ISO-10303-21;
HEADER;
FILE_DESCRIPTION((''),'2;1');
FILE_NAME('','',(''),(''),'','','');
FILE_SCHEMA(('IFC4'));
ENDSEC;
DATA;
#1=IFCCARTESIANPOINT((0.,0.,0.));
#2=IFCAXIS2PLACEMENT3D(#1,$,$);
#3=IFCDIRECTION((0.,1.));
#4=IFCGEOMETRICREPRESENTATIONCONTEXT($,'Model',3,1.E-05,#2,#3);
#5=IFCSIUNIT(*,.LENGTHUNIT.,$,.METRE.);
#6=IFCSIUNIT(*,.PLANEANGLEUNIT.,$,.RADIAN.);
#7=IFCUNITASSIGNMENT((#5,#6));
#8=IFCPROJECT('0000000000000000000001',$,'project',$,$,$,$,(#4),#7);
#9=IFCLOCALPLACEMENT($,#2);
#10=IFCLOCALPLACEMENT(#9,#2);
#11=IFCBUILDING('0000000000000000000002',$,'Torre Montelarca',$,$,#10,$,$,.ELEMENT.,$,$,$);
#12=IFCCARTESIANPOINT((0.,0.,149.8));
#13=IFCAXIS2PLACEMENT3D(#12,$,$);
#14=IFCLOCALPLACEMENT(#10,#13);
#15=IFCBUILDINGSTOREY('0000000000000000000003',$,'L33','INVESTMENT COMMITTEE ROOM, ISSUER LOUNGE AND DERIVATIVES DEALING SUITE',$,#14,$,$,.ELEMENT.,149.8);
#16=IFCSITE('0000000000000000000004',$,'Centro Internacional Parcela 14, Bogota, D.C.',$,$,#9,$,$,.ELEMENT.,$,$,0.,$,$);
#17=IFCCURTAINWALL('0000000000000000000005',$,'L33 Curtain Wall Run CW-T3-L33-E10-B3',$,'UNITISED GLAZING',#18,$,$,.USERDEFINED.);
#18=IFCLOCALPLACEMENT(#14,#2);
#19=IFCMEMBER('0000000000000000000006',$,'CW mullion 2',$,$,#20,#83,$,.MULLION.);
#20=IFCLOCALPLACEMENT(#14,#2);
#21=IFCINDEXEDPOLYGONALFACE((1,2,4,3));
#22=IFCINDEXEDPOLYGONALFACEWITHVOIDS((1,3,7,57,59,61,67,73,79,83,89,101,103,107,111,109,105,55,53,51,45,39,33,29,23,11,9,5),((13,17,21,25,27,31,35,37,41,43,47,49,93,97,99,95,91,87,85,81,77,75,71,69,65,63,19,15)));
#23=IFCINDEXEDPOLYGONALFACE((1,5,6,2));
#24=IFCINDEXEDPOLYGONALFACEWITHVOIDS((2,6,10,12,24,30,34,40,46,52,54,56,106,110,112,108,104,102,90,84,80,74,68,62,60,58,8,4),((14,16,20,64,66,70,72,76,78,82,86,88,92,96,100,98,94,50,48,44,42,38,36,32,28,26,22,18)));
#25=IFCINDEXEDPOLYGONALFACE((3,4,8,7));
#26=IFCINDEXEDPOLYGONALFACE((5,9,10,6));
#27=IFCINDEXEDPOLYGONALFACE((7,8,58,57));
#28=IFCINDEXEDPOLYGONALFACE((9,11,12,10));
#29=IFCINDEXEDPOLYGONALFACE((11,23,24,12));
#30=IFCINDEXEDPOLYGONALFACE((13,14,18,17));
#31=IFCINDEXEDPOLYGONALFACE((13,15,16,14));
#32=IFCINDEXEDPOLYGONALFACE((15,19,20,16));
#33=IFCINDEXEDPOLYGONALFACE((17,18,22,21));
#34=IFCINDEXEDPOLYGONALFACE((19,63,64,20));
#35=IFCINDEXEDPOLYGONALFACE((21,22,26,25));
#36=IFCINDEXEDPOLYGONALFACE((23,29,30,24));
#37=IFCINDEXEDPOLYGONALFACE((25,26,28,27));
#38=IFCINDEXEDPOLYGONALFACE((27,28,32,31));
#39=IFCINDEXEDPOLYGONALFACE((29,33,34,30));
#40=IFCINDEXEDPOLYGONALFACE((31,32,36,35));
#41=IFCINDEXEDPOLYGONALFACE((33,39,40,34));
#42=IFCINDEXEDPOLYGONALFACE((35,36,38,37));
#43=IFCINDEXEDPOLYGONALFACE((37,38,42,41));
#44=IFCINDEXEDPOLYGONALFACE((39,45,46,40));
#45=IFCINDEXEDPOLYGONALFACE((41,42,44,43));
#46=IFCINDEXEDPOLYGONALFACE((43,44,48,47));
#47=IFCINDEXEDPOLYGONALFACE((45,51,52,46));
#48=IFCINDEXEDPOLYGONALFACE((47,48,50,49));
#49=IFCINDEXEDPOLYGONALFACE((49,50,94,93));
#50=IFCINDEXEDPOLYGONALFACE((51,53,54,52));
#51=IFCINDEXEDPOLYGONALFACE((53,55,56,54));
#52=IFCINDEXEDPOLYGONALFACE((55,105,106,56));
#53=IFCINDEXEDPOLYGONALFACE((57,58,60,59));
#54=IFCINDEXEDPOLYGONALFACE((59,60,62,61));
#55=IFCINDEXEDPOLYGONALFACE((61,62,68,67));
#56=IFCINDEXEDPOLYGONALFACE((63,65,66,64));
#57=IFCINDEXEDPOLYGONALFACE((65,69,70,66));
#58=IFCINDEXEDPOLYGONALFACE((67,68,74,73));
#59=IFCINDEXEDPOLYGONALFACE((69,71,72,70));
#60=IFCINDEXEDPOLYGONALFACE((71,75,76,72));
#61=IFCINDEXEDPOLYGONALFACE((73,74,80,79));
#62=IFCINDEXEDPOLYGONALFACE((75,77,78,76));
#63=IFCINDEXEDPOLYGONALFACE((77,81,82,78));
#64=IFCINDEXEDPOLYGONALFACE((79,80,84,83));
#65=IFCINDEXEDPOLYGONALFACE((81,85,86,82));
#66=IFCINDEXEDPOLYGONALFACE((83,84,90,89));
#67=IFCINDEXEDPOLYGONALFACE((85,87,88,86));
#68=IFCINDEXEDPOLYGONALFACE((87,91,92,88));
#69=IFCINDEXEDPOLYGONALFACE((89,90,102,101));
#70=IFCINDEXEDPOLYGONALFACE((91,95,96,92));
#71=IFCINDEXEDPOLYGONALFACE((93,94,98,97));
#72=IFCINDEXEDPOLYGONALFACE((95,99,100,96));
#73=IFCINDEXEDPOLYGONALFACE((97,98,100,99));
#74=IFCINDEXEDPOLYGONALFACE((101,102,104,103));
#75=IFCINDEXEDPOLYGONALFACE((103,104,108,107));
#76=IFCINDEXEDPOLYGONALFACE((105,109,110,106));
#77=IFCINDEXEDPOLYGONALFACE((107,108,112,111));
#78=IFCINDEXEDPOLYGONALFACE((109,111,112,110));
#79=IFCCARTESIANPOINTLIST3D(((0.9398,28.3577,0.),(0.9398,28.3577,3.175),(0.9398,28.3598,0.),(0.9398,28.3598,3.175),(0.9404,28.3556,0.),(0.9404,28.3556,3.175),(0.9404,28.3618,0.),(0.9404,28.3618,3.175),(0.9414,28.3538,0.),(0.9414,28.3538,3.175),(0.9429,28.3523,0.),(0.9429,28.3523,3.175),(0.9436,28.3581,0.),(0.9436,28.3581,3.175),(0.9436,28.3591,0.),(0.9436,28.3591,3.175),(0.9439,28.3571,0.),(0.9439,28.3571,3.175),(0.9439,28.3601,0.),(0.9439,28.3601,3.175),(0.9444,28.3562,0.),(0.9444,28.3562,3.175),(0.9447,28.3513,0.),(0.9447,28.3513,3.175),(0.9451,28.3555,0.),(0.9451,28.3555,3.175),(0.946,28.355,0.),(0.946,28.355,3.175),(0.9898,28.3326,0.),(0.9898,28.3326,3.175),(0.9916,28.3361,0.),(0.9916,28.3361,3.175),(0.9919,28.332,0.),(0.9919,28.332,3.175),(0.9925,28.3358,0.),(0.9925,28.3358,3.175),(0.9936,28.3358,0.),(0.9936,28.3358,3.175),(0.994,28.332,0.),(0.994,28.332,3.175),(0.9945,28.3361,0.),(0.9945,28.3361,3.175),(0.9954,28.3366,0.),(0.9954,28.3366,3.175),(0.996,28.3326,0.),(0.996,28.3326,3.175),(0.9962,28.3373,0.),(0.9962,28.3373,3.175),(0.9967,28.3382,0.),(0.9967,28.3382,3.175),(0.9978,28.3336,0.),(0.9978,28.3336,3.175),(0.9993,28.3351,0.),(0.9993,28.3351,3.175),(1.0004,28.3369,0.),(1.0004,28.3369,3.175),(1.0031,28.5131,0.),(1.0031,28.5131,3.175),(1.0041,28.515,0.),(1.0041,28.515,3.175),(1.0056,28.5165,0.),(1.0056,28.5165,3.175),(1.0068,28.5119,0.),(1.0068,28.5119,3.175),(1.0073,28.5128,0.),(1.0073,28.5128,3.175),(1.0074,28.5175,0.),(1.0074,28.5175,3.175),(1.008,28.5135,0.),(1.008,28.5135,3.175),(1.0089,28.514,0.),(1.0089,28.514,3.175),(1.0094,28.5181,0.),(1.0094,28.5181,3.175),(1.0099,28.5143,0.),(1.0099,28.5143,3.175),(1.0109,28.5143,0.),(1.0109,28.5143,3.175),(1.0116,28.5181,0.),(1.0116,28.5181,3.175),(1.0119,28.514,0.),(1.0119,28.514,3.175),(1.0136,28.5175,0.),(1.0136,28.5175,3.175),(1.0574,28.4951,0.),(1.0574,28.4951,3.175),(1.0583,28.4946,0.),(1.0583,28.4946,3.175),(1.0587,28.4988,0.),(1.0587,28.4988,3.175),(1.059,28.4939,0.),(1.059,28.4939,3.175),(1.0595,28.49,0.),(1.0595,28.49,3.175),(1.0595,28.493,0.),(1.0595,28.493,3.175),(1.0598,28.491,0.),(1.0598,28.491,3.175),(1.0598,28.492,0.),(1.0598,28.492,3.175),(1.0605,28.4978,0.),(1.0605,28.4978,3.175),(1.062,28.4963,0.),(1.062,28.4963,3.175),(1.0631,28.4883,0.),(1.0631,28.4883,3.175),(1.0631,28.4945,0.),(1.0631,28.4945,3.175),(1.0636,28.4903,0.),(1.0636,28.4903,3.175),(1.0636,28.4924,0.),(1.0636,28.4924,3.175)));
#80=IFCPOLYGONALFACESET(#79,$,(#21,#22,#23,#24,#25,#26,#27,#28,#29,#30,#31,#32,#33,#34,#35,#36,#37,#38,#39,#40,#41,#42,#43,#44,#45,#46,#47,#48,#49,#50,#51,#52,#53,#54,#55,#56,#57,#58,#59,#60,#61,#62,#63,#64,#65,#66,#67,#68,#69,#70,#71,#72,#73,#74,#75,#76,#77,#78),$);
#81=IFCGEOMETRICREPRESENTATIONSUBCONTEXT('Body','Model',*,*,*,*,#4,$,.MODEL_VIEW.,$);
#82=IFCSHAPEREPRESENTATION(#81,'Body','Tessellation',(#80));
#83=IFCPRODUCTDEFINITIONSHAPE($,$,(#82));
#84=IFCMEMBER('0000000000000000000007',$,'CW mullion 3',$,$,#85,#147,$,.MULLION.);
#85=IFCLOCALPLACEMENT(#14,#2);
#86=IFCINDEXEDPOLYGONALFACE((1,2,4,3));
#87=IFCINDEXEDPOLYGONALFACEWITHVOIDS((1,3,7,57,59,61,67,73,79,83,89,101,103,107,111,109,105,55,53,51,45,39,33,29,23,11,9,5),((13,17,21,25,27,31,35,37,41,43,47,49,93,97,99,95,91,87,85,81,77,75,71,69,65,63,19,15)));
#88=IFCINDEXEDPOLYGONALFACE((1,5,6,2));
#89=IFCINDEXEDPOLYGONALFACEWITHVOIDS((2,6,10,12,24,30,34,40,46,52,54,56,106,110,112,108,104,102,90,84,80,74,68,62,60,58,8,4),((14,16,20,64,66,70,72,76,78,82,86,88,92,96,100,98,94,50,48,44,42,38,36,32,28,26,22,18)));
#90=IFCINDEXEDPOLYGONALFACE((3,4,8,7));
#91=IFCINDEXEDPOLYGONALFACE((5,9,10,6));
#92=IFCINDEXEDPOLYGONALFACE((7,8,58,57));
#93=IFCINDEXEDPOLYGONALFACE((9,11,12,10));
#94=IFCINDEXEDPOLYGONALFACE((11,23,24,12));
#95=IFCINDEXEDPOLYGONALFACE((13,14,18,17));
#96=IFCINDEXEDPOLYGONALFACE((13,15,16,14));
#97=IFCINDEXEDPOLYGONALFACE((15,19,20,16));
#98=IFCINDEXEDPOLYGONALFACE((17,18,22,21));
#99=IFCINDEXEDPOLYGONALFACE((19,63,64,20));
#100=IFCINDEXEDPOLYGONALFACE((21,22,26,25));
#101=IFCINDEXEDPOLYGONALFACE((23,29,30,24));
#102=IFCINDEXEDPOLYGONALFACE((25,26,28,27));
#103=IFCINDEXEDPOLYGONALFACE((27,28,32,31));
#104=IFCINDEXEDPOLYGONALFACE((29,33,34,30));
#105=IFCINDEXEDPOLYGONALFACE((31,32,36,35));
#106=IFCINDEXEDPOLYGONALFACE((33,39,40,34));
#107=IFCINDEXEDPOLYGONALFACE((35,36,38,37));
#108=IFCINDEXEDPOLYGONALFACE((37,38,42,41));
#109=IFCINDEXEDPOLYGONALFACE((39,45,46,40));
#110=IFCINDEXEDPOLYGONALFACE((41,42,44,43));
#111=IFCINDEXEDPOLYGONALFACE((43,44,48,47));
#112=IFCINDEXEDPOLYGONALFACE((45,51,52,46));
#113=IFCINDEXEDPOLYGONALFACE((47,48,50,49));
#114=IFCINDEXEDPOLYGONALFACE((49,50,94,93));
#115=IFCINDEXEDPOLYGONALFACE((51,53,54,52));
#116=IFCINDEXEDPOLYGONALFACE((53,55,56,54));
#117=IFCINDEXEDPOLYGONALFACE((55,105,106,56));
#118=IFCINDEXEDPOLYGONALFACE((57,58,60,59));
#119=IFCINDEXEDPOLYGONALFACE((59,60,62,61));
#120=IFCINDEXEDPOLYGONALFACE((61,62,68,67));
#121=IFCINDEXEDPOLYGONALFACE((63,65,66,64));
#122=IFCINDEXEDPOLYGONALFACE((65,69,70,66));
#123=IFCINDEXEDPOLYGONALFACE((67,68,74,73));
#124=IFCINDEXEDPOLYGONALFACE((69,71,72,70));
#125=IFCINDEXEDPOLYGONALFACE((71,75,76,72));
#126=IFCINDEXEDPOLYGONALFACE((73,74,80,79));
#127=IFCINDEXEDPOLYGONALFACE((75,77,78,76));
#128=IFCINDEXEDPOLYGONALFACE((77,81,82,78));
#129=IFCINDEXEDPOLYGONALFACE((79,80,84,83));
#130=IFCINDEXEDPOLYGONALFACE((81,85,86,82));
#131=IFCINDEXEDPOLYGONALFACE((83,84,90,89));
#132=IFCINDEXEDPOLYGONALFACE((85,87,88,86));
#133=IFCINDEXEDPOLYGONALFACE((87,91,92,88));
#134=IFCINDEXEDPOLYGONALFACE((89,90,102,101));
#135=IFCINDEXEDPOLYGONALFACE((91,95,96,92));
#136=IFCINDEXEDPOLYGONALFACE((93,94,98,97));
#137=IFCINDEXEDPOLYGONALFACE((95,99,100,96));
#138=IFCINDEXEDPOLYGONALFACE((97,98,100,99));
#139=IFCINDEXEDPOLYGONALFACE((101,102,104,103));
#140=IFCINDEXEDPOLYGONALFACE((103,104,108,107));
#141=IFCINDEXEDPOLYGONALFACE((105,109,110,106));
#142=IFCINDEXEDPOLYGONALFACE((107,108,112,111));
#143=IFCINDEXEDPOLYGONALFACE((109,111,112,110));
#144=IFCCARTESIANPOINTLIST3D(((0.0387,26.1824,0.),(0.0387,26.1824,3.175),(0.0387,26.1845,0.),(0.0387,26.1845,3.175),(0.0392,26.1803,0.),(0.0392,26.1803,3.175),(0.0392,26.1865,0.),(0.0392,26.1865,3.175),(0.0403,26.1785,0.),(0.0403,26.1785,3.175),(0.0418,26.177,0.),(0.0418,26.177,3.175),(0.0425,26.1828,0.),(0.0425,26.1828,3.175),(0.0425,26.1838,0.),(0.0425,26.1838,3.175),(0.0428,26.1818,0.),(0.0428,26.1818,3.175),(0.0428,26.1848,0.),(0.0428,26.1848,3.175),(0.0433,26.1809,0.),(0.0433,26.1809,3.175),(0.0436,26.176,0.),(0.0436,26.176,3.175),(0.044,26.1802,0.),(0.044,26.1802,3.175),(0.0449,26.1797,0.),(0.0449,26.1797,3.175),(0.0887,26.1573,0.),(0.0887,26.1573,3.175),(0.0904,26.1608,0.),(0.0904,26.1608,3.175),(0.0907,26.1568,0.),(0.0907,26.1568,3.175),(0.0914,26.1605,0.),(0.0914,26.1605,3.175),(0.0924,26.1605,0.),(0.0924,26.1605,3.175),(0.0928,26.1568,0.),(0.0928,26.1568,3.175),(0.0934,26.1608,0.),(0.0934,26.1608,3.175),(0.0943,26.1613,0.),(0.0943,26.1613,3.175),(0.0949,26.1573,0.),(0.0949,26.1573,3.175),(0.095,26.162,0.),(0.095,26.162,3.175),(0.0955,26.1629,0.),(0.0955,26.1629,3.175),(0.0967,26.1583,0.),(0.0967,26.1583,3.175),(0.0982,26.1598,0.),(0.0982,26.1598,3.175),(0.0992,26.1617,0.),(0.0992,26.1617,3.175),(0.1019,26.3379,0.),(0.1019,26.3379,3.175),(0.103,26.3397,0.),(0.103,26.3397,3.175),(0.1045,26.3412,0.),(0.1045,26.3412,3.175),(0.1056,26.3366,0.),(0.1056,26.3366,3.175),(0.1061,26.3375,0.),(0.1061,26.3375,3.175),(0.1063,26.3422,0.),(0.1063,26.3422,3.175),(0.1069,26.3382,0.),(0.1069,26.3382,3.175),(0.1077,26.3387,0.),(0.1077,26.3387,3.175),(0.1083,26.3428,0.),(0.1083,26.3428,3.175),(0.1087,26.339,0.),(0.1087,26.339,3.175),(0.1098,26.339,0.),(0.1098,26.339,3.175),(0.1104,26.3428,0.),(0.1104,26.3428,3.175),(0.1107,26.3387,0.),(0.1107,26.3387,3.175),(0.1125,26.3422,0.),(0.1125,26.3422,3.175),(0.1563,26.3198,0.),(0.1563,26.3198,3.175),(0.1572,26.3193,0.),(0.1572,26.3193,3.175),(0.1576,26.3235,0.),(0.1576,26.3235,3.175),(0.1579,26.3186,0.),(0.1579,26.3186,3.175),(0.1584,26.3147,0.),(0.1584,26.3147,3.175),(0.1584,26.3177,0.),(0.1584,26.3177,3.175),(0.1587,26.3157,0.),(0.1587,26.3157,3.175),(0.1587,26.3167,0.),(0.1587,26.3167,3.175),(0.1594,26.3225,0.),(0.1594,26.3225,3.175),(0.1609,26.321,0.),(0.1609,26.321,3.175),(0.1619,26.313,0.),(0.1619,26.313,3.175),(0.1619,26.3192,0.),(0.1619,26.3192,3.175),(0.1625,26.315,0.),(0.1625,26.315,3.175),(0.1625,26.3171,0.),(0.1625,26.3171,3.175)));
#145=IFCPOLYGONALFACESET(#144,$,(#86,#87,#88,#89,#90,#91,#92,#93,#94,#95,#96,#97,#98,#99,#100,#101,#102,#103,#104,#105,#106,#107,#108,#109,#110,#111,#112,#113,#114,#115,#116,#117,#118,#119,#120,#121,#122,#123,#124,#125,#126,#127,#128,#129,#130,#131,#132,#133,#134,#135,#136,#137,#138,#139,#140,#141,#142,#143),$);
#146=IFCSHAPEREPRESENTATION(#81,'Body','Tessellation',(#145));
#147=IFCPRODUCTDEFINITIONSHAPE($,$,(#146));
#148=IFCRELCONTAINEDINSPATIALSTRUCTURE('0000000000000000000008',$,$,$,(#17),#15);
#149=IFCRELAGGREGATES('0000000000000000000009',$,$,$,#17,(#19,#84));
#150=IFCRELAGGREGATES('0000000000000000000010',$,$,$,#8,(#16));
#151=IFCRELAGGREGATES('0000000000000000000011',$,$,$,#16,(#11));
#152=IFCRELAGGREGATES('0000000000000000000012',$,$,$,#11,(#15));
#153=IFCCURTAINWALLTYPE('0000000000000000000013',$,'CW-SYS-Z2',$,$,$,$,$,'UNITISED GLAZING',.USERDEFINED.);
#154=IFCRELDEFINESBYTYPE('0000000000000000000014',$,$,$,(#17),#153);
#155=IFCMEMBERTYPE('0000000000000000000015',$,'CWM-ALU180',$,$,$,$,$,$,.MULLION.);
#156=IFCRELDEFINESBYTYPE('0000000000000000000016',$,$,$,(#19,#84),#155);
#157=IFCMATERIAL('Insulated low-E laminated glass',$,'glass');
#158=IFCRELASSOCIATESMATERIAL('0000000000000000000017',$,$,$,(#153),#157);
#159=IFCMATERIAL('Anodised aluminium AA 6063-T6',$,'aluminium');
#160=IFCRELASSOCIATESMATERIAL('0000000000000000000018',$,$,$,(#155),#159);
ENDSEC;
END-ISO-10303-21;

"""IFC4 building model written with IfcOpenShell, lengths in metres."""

from ifc_helpers import new_model, si_unit, direction, frame, origin, origin_2d, place, context, subcontext, project, spatial, hollow_rectangle, extrude, source, transform, mapped, material, material_profile, profile_set, type_object, element, aggregate, save


model = new_model("IFC4")

# Units and contexts
model_context = context("Model", 3, precision=1e-05, world=origin(), true_north=direction((0.0, 1.0)))
body_context = subcontext(model_context, "Body", "Model", "MODEL_VIEW")
ifc_project = project(units=[si_unit("LENGTHUNIT", "METRE"), si_unit("PLANEANGLEUNIT", "RADIAN")], contexts=[model_context])

# Site, building, storey
site_placement = place(None, origin())
site = spatial("IfcSite", under=ifc_project, at=site_placement, Name="Centro Internacional Parcela 14, Bogota, D.C.", CompositionType="ELEMENT", RefElevation=0.0)
building_placement = place(site_placement, origin())
building = spatial("IfcBuilding", under=site, at=building_placement, Name="Torre Montelarca", CompositionType="ELEMENT")
storey_placement = place(building_placement, frame((0.0, 0.0, 149.8)))
storey = spatial("IfcBuildingStorey", under=building, at=storey_placement, Name="L33", Description="INVESTMENT COMMITTEE ROOM, ISSUER LOUNGE AND DERIVATIVES DEALING SUITE", CompositionType="ELEMENT", Elevation=149.8)

# Curtain wall, members
ifc_material_1 = material(Name="Insulated low-E laminated glass", Category="glass")
curtain_wall_type = type_object("IfcCurtainWallType", Name="CW-SYS-Z2", ElementType="UNITISED GLAZING", PredefinedType="USERDEFINED", material=ifc_material_1)
ifc_material_2 = material(Name="Anodised aluminium AA 6063-T6", Category="aluminium")
ifc_material_profile_1 = material_profile(ifc_material_2, hollow_rectangle(XDim=0.0649, YDim=0.1799, WallThickness=0.0039, InnerFilletRadius=0.0039, OuterFilletRadius=0.0081, at=origin_2d()), Name="ALU65X180X4", Category="aluminium")
ifc_profile_set_1 = profile_set([ifc_material_profile_1], Name="Anodised aluminium AA 6063-T6")
member_type_1 = type_object("IfcMemberType", Name="CWM-ALU180", PredefinedType="MULLION", material=ifc_profile_set_1)
curtain_wall_1_placement = place(storey_placement, origin())
curtain_wall_1 = element("IfcCurtainWall", 1, at=curtain_wall_1_placement, inside=storey, type_object=curtain_wall_type, Name="L33 Curtain Wall Run CW-T3-L33-E10-B3", ObjectType="UNITISED GLAZING", PredefinedType="USERDEFINED")
shared_shape_1 = source(origin(), body_context, "Body", "SweptSolid", [
    extrude(hollow_rectangle(XDim=0.0649, YDim=0.1799, WallThickness=0.0039, InnerFilletRadius=0.0039, OuterFilletRadius=0.0081, at=origin_2d()), origin(), (0.0, 0.0, 1.0), 3.175),
])
member_1_placement = place(storey_placement, frame((1.0017, 28.425, 0.0), z_axis=(0.0, 0.0, 1.0), x_axis=(0.92388, -0.382682, 0.0)))
member_1 = element("IfcMember", 2, at=member_1_placement, type_object=member_type_1, Name="CW mullion 2", PredefinedType="MULLION", context=body_context, shape_type="MappedRepresentation", body=[
    mapped(shared_shape_1, transform((0.0, 0.0, 0.0), scale=1.0)),
])
member_2_placement = place(storey_placement, frame((0.1006, 26.2498, 0.0), z_axis=(0.0, 0.0, 1.0), x_axis=(0.92388, -0.382682, 0.0)))
member_2 = element("IfcMember", 3, at=member_2_placement, type_object=member_type_1, Name="CW mullion 3", PredefinedType="MULLION", context=body_context, shape_type="MappedRepresentation", body=[
    mapped(shared_shape_1, transform((0.0, 0.0, 0.0), scale=1.0)),
])

aggregate(curtain_wall_1, [member_1, member_2])

save(model, "model.ifc")
